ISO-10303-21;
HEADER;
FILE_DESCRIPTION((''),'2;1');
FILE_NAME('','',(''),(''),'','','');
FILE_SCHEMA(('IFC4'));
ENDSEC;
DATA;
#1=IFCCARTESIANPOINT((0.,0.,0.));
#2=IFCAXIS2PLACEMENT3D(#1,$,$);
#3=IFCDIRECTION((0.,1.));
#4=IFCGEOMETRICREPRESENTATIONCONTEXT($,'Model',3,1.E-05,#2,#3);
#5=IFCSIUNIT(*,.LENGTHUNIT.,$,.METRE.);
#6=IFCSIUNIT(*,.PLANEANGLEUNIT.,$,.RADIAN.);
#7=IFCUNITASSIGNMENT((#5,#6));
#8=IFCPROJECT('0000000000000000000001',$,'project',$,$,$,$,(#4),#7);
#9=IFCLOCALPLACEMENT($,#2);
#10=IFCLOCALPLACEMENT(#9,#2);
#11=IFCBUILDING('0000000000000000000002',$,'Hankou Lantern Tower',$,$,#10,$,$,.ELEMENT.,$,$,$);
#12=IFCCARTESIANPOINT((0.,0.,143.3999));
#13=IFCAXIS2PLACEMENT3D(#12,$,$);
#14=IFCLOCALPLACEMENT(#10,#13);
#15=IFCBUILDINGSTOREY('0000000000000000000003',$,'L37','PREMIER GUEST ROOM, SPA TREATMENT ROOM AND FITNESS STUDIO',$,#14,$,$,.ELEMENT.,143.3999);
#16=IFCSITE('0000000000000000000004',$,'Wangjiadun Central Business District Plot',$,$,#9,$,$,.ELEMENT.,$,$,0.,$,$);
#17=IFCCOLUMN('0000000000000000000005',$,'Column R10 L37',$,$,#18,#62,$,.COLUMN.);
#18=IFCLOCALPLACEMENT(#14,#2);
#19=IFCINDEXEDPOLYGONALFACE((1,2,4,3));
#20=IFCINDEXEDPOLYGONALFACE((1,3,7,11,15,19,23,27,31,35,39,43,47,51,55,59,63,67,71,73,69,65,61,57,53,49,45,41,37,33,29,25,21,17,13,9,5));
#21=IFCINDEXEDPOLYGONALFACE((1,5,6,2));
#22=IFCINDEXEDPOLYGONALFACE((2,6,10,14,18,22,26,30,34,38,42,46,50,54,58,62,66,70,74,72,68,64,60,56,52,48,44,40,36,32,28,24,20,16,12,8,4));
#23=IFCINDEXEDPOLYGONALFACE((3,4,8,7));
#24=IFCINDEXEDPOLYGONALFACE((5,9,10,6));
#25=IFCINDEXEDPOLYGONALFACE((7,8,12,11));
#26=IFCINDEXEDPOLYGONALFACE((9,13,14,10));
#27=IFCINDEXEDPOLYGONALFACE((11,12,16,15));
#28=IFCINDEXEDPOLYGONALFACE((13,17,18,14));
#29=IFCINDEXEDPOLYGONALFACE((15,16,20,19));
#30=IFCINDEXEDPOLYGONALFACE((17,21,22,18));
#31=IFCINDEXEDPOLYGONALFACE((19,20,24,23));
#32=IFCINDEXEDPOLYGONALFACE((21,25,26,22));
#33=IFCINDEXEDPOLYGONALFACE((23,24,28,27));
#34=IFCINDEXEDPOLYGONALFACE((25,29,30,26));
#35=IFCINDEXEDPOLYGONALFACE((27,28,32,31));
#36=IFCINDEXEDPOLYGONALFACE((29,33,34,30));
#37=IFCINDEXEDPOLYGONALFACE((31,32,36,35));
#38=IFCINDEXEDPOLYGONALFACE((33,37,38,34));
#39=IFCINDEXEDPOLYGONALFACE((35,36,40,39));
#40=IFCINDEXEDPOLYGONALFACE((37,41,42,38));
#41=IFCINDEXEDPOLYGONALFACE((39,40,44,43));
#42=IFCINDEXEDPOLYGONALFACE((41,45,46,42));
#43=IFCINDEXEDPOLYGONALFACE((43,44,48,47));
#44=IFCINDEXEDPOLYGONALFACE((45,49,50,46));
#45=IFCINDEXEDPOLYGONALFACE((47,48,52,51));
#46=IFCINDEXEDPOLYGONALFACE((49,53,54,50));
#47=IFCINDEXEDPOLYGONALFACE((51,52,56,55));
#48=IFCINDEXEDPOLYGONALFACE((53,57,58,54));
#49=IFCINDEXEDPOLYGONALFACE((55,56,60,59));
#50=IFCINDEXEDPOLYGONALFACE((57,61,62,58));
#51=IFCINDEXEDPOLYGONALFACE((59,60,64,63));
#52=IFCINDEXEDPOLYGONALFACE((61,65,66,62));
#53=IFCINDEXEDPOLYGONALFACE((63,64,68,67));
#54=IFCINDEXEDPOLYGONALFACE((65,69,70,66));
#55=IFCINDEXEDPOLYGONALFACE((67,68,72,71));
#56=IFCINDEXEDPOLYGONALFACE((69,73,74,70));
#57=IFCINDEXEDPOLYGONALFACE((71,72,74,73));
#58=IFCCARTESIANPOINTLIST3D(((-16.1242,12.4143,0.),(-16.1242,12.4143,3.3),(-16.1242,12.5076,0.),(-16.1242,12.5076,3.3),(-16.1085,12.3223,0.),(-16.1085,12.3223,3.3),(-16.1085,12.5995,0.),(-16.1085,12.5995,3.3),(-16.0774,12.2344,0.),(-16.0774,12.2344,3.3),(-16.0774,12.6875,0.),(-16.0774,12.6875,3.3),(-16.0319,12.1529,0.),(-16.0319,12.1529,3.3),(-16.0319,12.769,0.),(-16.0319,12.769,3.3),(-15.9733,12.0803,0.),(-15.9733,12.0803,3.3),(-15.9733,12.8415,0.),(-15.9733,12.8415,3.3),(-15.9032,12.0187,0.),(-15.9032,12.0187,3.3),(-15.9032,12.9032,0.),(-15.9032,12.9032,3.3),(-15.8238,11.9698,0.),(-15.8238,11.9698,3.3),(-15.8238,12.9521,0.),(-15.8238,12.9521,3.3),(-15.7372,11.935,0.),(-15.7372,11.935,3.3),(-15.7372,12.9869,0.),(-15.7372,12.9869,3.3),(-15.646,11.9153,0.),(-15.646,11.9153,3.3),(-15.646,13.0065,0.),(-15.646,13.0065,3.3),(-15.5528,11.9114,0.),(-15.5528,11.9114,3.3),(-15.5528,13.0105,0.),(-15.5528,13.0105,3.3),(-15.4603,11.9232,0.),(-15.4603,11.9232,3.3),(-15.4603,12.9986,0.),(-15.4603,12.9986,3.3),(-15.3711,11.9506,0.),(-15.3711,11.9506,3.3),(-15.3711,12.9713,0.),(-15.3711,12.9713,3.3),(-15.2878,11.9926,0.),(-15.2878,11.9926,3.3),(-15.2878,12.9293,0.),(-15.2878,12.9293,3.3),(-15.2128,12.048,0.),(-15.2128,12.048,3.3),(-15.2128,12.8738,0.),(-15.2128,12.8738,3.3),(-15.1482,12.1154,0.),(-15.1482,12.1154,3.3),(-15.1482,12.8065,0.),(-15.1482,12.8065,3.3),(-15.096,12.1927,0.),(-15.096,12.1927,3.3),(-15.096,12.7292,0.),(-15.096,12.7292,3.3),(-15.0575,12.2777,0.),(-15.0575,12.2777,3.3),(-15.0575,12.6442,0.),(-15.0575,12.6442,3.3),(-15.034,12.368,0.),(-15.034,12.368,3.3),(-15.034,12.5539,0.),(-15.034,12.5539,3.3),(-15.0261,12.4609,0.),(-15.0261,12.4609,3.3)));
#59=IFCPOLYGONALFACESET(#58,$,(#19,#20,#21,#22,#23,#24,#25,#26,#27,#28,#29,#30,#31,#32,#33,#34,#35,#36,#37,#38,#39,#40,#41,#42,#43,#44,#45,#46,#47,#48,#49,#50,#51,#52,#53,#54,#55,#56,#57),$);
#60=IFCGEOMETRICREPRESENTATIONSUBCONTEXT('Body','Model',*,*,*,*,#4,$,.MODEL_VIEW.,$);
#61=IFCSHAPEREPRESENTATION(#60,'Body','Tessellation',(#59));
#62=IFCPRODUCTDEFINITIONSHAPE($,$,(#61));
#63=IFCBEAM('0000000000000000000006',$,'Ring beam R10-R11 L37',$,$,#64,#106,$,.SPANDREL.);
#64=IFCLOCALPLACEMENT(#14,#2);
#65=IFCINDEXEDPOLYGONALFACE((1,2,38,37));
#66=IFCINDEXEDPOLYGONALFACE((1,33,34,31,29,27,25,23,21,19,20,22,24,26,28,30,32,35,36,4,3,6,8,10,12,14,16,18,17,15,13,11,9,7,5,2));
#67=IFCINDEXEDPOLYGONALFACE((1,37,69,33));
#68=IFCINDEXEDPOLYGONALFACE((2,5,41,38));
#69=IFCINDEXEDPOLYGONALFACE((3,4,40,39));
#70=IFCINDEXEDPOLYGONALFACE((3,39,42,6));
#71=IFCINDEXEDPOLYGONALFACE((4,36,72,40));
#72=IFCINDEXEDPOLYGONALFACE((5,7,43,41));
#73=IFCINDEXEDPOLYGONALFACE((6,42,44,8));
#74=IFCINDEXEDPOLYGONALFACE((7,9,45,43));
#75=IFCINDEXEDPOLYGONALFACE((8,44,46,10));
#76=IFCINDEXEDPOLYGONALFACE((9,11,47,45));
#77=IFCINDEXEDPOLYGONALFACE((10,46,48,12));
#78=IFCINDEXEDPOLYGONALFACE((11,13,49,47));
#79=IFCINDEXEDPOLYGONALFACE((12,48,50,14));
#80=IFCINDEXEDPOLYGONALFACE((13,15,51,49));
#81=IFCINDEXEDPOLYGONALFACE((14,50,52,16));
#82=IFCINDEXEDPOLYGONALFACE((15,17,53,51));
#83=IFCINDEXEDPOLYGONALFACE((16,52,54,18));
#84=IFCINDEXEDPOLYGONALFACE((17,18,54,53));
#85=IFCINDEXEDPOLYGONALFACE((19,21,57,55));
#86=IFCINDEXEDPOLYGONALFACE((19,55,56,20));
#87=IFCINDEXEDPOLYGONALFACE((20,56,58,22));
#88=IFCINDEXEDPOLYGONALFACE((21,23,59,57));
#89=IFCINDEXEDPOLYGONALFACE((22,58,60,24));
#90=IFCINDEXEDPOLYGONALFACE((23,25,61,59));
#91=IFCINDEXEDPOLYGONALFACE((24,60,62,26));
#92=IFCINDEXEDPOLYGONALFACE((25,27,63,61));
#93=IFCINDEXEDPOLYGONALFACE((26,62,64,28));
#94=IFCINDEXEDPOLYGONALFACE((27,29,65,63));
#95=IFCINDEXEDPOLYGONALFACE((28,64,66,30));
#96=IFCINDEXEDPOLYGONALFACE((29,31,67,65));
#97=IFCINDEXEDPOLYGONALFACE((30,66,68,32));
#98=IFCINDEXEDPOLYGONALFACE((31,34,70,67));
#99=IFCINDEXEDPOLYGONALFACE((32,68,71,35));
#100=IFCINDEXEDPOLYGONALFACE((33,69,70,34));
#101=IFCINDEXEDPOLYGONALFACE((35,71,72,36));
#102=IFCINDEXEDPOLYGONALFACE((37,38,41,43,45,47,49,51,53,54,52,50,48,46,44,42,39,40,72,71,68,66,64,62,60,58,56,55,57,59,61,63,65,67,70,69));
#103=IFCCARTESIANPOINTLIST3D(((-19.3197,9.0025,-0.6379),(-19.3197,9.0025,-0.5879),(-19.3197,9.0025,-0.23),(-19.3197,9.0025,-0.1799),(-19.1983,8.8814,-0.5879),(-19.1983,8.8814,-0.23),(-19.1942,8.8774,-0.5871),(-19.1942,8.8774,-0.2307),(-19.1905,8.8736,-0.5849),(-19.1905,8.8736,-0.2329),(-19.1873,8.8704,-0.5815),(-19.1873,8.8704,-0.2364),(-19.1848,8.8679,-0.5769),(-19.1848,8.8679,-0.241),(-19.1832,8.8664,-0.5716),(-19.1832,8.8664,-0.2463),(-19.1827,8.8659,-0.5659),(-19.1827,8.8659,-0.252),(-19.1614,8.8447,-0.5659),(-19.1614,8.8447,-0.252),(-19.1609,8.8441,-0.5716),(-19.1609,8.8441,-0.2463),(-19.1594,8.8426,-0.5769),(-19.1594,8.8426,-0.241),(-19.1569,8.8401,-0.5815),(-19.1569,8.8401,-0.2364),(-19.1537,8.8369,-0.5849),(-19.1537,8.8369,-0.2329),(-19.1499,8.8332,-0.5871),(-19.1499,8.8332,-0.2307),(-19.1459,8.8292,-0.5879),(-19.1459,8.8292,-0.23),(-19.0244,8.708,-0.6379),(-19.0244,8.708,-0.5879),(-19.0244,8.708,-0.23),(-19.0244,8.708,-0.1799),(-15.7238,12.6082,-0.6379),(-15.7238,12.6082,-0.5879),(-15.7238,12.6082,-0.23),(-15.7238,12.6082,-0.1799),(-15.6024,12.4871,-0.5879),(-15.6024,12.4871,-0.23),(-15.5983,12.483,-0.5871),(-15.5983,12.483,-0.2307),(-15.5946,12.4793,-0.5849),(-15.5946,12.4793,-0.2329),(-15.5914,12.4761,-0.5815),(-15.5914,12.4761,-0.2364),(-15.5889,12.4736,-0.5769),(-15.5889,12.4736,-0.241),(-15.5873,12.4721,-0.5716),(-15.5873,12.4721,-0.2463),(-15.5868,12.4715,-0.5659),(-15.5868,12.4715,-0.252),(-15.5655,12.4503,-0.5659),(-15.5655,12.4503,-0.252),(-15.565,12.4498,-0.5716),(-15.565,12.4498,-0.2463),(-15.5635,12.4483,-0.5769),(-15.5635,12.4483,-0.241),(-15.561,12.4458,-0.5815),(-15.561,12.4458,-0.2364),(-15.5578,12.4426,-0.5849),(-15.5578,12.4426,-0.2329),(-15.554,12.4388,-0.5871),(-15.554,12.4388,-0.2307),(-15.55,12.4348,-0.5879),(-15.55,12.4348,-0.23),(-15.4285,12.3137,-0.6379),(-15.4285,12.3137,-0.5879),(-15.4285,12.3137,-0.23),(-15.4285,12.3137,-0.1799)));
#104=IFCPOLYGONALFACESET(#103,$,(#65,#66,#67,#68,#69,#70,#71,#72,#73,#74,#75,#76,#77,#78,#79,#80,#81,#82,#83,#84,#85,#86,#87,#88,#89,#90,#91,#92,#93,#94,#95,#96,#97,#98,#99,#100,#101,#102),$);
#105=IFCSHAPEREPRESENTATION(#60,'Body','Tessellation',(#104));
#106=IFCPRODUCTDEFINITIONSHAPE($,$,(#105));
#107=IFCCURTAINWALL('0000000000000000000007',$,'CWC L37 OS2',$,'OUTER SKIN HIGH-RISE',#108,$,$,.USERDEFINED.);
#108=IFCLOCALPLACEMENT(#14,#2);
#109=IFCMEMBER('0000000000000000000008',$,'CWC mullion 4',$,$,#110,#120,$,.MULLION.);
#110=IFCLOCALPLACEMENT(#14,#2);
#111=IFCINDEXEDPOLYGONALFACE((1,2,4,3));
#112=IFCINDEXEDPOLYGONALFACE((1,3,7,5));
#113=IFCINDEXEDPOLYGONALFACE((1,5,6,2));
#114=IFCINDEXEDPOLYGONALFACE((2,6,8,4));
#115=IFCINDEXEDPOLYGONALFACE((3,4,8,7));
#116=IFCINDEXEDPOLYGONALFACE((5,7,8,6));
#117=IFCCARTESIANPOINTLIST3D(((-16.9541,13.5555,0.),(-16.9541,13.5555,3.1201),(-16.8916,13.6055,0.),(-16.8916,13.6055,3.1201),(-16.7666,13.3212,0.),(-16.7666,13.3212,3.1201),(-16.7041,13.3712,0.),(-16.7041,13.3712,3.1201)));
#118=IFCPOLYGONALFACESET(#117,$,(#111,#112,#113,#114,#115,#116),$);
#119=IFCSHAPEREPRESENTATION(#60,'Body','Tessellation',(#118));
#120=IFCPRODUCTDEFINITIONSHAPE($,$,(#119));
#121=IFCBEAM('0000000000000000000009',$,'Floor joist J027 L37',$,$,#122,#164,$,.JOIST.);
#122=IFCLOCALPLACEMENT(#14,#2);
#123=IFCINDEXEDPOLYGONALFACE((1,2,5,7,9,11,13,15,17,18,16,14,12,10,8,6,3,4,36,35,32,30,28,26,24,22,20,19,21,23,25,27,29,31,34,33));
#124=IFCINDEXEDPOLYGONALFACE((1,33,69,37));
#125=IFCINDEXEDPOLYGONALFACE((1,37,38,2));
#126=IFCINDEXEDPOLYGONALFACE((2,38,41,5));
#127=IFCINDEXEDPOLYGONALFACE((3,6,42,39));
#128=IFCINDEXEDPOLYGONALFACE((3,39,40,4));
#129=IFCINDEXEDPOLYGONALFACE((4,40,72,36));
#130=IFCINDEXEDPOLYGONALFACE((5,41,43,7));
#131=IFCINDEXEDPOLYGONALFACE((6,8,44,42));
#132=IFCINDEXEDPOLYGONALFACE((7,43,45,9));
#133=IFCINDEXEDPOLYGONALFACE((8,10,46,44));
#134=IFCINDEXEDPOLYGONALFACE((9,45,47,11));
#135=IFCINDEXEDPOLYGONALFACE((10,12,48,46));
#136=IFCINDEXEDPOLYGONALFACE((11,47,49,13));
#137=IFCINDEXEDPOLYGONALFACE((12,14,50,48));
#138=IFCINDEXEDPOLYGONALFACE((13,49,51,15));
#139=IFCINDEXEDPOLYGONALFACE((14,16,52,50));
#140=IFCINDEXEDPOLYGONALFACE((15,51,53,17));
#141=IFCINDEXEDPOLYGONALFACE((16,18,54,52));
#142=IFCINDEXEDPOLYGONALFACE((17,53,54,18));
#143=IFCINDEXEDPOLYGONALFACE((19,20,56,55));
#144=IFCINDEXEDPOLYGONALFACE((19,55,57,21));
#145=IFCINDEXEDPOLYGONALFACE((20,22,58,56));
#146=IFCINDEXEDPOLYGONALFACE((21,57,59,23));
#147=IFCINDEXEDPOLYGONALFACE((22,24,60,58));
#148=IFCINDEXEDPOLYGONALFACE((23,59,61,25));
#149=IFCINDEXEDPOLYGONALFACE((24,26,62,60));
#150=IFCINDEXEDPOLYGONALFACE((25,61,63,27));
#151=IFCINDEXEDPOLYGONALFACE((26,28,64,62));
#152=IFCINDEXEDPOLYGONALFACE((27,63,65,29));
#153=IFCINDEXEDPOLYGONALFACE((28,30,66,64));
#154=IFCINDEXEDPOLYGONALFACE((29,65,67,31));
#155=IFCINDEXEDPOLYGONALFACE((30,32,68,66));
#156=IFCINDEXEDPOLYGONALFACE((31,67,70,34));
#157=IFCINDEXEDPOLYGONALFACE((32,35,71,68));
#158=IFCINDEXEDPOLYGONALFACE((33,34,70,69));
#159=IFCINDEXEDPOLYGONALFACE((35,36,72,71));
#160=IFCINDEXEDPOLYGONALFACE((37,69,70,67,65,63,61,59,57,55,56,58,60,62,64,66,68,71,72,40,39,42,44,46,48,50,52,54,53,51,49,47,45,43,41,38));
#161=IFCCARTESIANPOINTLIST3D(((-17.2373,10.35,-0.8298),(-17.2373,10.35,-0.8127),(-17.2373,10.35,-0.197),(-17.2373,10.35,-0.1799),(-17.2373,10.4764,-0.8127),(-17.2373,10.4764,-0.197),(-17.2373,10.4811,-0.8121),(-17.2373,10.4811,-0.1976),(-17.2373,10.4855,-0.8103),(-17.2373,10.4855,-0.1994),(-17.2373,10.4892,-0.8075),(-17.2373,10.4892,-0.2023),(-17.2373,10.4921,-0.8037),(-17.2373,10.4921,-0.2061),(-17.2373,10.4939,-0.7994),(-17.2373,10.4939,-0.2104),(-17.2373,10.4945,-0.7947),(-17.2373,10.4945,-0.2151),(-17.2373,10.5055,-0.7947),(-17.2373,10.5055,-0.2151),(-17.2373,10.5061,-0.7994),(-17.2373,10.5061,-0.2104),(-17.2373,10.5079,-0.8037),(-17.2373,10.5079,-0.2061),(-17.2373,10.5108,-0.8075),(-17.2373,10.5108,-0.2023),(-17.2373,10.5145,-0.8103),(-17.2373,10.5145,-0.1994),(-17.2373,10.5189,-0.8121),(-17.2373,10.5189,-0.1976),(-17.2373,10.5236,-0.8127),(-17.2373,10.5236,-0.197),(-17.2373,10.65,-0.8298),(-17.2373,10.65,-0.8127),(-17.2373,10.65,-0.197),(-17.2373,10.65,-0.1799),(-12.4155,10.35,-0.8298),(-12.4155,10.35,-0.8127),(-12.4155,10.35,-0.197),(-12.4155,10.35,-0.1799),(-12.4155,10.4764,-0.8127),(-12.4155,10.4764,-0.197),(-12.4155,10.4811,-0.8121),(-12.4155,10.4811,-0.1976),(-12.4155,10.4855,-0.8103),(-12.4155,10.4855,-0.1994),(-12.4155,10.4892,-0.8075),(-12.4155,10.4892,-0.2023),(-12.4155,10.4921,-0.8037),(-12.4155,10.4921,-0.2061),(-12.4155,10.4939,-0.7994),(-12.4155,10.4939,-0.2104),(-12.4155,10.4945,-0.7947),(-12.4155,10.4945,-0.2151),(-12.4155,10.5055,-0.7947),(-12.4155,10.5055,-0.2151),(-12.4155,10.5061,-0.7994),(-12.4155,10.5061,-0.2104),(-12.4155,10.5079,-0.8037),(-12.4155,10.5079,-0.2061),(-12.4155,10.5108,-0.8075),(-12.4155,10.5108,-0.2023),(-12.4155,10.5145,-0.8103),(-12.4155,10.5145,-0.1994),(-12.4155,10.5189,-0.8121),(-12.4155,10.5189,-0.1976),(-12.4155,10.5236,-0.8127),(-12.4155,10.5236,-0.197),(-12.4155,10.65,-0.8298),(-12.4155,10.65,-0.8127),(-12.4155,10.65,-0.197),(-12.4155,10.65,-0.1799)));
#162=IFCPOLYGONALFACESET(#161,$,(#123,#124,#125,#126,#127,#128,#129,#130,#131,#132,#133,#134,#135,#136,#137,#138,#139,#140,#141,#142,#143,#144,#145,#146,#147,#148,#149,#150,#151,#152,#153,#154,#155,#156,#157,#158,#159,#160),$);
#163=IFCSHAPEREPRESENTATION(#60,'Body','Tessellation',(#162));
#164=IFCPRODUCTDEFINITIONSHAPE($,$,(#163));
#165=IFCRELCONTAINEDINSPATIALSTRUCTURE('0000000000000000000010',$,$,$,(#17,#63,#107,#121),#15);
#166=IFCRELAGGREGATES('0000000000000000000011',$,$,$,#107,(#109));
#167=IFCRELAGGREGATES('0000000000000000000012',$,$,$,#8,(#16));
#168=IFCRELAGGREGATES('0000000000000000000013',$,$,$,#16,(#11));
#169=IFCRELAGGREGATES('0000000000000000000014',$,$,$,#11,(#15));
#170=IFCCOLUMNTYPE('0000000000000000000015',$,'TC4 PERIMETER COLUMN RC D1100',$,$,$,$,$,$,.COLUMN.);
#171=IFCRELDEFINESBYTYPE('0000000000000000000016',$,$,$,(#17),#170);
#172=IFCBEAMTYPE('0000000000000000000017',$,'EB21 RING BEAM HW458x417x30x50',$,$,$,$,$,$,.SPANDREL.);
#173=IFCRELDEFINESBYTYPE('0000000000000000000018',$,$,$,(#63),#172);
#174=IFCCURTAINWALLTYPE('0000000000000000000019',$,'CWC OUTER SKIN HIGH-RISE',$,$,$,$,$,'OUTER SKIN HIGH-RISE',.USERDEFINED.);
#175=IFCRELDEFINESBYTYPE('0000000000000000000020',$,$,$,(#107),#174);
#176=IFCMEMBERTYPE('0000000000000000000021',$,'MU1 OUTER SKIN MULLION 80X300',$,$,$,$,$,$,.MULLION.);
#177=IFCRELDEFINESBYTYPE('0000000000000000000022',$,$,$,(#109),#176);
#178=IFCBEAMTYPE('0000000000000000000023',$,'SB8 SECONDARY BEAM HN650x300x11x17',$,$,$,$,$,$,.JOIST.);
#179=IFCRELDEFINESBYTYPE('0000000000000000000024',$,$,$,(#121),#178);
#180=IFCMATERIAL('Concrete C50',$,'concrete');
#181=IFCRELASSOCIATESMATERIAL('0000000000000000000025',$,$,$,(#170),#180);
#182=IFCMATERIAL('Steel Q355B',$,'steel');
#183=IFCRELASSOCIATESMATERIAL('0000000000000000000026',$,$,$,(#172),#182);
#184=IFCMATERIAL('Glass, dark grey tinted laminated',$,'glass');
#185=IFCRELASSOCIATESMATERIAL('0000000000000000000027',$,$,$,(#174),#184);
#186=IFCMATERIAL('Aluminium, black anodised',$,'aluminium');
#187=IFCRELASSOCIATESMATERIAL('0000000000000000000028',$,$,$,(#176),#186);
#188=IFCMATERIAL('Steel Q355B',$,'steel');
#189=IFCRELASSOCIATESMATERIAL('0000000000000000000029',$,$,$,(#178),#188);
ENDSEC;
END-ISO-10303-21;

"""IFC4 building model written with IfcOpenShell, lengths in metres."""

from ifc_helpers import new_model, si_unit, direction, frame, origin, origin_2d, place, context, subcontext, project, spatial, rectangle, circle, i_section, extrude, material, material_profile, profile_set, type_object, element, aggregate, save


model = new_model("IFC4")

# Units and contexts
model_context = context("Model", 3, precision=1e-05, world=origin(), true_north=direction((0.0, 1.0)))
body_context = subcontext(model_context, "Body", "Model", "MODEL_VIEW")
ifc_project = project(units=[si_unit("LENGTHUNIT", "METRE"), si_unit("PLANEANGLEUNIT", "RADIAN")], contexts=[model_context])

# Site, building, storey
site_placement = place(None, origin())
site = spatial("IfcSite", under=ifc_project, at=site_placement, Name="Wangjiadun Central Business District Plot", CompositionType="ELEMENT", RefElevation=0.0)
building_placement = place(site_placement, origin())
building = spatial("IfcBuilding", under=site, at=building_placement, Name="Hankou Lantern Tower", CompositionType="ELEMENT")
storey_placement = place(building_placement, frame((0.0, 0.0, 143.3999)))
storey = spatial("IfcBuildingStorey", under=building, at=storey_placement, Name="L37", Description="PREMIER GUEST ROOM, SPA TREATMENT ROOM AND FITNESS STUDIO", CompositionType="ELEMENT", Elevation=143.3999)

# Column
ifc_material_1 = material(Name="Concrete C50", Category="concrete")
ifc_material_profile_1 = material_profile(ifc_material_1, circle(Radius=0.55, at=origin_2d()), Name="RC D1100")
ifc_profile_set_1 = profile_set([ifc_material_profile_1], Name="Concrete C50")
column_type = type_object("IfcColumnType", Name="TC4 PERIMETER COLUMN RC D1100", PredefinedType="COLUMN", material=ifc_profile_set_1)
column_placement = place(storey_placement, frame((-15.5762, 12.4609, 0.0), z_axis=(0.0, 0.0, 1.0), x_axis=(1.0, 0.0, 0.0)))
element("IfcColumn", 1, at=column_placement, inside=storey, type_object=column_type, Name="Column R10 L37", PredefinedType="COLUMN", context=body_context, shape_type="SweptSolid", body=[
    extrude(circle(Radius=0.55, at=origin_2d()), origin(), (0.0, 0.0, 1.0), 3.3),
])

# Beam
ifc_material_2 = material(Name="Steel Q355B", Category="steel")
ifc_material_profile_2 = material_profile(ifc_material_2, i_section(OverallWidth=0.417, OverallDepth=0.458, WebThickness=0.03, FlangeThickness=0.05, FilletRadius=0.022, at=origin_2d()), Name="HW458x417x30x50")
ifc_profile_set_2 = profile_set([ifc_material_profile_2], Name="Steel Q355B")
beam_type_1 = type_object("IfcBeamType", Name="EB21 RING BEAM HW458x417x30x50", PredefinedType="SPANDREL", material=ifc_profile_set_2)
beam_1_placement = place(storey_placement, frame((-15.5762, 12.4609, -0.4089), z_axis=(-0.706147, -0.708065, 0.0), x_axis=(0.708065, -0.706147, 0.0)))
element("IfcBeam", 2, at=beam_1_placement, inside=storey, type_object=beam_type_1, Name="Ring beam R10-R11 L37", PredefinedType="SPANDREL", context=body_context, shape_type="SweptSolid", body=[
    extrude(i_section(OverallWidth=0.417, OverallDepth=0.458, WebThickness=0.03, FlangeThickness=0.05, FilletRadius=0.022, at=origin_2d()), origin(), (0.0, 0.0, 1.0), 5.0923),
])

# Curtain wall, member
ifc_material_3 = material(Name="Glass, dark grey tinted laminated", Category="glass")
curtain_wall_type = type_object("IfcCurtainWallType", Name="CWC OUTER SKIN HIGH-RISE", ElementType="OUTER SKIN HIGH-RISE", PredefinedType="USERDEFINED", material=ifc_material_3)
curtain_wall_placement = place(storey_placement, origin())
curtain_wall = element("IfcCurtainWall", 3, at=curtain_wall_placement, inside=storey, type_object=curtain_wall_type, Name="CWC L37 OS2", ObjectType="OUTER SKIN HIGH-RISE", PredefinedType="USERDEFINED")
ifc_material_4 = material(Name="Aluminium, black anodised", Category="aluminium")
ifc_material_profile_3 = material_profile(ifc_material_4, rectangle(XDim=0.0801, YDim=0.3, at=origin_2d()), Name="MU1 80X300")
ifc_profile_set_3 = profile_set([ifc_material_profile_3], Name="Aluminium, black anodised")
member_type_1 = type_object("IfcMemberType", Name="MU1 OUTER SKIN MULLION 80X300", PredefinedType="MULLION", material=ifc_profile_set_3)
member_1_placement = place(storey_placement, frame((-16.8291, 13.4634, 0.0), z_axis=(0.0, 0.0, 1.0), x_axis=(-0.780869, -0.624695, 0.0)))
member_1 = element("IfcMember", 4, at=member_1_placement, type_object=member_type_1, Name="CWC mullion 4", PredefinedType="MULLION", context=body_context, shape_type="SweptSolid", body=[
    extrude(rectangle(XDim=0.0801, YDim=0.3, at=origin_2d()), origin(), (0.0, 0.0, 1.0), 3.1201),
])

# Beam
ifc_material_5 = material(Name="Steel Q355B", Category="steel")
ifc_material_profile_4 = material_profile(ifc_material_5, i_section(OverallWidth=0.3, OverallDepth=0.6499, WebThickness=0.011, FlangeThickness=0.0171, FilletRadius=0.0181, at=origin_2d()), Name="HN650x300x11x17")
ifc_profile_set_4 = profile_set([ifc_material_profile_4], Name="Steel Q355B")
beam_type_2 = type_object("IfcBeamType", Name="SB8 SECONDARY BEAM HN650x300x11x17", PredefinedType="JOIST", material=ifc_profile_set_4)
beam_2_placement = place(storey_placement, frame((-17.2373, 10.5, -0.5049), z_axis=(1.0, 0.0, 0.0), x_axis=(0.0, 1.0, 0.0)))
element("IfcBeam", 5, at=beam_2_placement, inside=storey, type_object=beam_type_2, Name="Floor joist J027 L37", PredefinedType="JOIST", context=body_context, shape_type="SweptSolid", body=[
    extrude(i_section(OverallWidth=0.3, OverallDepth=0.6499, WebThickness=0.011, FlangeThickness=0.0171, FilletRadius=0.0181, at=origin_2d()), origin(), (0.0, 0.0, 1.0), 4.8218),
])

aggregate(curtain_wall, [member_1])

save(model, "model.ifc")
